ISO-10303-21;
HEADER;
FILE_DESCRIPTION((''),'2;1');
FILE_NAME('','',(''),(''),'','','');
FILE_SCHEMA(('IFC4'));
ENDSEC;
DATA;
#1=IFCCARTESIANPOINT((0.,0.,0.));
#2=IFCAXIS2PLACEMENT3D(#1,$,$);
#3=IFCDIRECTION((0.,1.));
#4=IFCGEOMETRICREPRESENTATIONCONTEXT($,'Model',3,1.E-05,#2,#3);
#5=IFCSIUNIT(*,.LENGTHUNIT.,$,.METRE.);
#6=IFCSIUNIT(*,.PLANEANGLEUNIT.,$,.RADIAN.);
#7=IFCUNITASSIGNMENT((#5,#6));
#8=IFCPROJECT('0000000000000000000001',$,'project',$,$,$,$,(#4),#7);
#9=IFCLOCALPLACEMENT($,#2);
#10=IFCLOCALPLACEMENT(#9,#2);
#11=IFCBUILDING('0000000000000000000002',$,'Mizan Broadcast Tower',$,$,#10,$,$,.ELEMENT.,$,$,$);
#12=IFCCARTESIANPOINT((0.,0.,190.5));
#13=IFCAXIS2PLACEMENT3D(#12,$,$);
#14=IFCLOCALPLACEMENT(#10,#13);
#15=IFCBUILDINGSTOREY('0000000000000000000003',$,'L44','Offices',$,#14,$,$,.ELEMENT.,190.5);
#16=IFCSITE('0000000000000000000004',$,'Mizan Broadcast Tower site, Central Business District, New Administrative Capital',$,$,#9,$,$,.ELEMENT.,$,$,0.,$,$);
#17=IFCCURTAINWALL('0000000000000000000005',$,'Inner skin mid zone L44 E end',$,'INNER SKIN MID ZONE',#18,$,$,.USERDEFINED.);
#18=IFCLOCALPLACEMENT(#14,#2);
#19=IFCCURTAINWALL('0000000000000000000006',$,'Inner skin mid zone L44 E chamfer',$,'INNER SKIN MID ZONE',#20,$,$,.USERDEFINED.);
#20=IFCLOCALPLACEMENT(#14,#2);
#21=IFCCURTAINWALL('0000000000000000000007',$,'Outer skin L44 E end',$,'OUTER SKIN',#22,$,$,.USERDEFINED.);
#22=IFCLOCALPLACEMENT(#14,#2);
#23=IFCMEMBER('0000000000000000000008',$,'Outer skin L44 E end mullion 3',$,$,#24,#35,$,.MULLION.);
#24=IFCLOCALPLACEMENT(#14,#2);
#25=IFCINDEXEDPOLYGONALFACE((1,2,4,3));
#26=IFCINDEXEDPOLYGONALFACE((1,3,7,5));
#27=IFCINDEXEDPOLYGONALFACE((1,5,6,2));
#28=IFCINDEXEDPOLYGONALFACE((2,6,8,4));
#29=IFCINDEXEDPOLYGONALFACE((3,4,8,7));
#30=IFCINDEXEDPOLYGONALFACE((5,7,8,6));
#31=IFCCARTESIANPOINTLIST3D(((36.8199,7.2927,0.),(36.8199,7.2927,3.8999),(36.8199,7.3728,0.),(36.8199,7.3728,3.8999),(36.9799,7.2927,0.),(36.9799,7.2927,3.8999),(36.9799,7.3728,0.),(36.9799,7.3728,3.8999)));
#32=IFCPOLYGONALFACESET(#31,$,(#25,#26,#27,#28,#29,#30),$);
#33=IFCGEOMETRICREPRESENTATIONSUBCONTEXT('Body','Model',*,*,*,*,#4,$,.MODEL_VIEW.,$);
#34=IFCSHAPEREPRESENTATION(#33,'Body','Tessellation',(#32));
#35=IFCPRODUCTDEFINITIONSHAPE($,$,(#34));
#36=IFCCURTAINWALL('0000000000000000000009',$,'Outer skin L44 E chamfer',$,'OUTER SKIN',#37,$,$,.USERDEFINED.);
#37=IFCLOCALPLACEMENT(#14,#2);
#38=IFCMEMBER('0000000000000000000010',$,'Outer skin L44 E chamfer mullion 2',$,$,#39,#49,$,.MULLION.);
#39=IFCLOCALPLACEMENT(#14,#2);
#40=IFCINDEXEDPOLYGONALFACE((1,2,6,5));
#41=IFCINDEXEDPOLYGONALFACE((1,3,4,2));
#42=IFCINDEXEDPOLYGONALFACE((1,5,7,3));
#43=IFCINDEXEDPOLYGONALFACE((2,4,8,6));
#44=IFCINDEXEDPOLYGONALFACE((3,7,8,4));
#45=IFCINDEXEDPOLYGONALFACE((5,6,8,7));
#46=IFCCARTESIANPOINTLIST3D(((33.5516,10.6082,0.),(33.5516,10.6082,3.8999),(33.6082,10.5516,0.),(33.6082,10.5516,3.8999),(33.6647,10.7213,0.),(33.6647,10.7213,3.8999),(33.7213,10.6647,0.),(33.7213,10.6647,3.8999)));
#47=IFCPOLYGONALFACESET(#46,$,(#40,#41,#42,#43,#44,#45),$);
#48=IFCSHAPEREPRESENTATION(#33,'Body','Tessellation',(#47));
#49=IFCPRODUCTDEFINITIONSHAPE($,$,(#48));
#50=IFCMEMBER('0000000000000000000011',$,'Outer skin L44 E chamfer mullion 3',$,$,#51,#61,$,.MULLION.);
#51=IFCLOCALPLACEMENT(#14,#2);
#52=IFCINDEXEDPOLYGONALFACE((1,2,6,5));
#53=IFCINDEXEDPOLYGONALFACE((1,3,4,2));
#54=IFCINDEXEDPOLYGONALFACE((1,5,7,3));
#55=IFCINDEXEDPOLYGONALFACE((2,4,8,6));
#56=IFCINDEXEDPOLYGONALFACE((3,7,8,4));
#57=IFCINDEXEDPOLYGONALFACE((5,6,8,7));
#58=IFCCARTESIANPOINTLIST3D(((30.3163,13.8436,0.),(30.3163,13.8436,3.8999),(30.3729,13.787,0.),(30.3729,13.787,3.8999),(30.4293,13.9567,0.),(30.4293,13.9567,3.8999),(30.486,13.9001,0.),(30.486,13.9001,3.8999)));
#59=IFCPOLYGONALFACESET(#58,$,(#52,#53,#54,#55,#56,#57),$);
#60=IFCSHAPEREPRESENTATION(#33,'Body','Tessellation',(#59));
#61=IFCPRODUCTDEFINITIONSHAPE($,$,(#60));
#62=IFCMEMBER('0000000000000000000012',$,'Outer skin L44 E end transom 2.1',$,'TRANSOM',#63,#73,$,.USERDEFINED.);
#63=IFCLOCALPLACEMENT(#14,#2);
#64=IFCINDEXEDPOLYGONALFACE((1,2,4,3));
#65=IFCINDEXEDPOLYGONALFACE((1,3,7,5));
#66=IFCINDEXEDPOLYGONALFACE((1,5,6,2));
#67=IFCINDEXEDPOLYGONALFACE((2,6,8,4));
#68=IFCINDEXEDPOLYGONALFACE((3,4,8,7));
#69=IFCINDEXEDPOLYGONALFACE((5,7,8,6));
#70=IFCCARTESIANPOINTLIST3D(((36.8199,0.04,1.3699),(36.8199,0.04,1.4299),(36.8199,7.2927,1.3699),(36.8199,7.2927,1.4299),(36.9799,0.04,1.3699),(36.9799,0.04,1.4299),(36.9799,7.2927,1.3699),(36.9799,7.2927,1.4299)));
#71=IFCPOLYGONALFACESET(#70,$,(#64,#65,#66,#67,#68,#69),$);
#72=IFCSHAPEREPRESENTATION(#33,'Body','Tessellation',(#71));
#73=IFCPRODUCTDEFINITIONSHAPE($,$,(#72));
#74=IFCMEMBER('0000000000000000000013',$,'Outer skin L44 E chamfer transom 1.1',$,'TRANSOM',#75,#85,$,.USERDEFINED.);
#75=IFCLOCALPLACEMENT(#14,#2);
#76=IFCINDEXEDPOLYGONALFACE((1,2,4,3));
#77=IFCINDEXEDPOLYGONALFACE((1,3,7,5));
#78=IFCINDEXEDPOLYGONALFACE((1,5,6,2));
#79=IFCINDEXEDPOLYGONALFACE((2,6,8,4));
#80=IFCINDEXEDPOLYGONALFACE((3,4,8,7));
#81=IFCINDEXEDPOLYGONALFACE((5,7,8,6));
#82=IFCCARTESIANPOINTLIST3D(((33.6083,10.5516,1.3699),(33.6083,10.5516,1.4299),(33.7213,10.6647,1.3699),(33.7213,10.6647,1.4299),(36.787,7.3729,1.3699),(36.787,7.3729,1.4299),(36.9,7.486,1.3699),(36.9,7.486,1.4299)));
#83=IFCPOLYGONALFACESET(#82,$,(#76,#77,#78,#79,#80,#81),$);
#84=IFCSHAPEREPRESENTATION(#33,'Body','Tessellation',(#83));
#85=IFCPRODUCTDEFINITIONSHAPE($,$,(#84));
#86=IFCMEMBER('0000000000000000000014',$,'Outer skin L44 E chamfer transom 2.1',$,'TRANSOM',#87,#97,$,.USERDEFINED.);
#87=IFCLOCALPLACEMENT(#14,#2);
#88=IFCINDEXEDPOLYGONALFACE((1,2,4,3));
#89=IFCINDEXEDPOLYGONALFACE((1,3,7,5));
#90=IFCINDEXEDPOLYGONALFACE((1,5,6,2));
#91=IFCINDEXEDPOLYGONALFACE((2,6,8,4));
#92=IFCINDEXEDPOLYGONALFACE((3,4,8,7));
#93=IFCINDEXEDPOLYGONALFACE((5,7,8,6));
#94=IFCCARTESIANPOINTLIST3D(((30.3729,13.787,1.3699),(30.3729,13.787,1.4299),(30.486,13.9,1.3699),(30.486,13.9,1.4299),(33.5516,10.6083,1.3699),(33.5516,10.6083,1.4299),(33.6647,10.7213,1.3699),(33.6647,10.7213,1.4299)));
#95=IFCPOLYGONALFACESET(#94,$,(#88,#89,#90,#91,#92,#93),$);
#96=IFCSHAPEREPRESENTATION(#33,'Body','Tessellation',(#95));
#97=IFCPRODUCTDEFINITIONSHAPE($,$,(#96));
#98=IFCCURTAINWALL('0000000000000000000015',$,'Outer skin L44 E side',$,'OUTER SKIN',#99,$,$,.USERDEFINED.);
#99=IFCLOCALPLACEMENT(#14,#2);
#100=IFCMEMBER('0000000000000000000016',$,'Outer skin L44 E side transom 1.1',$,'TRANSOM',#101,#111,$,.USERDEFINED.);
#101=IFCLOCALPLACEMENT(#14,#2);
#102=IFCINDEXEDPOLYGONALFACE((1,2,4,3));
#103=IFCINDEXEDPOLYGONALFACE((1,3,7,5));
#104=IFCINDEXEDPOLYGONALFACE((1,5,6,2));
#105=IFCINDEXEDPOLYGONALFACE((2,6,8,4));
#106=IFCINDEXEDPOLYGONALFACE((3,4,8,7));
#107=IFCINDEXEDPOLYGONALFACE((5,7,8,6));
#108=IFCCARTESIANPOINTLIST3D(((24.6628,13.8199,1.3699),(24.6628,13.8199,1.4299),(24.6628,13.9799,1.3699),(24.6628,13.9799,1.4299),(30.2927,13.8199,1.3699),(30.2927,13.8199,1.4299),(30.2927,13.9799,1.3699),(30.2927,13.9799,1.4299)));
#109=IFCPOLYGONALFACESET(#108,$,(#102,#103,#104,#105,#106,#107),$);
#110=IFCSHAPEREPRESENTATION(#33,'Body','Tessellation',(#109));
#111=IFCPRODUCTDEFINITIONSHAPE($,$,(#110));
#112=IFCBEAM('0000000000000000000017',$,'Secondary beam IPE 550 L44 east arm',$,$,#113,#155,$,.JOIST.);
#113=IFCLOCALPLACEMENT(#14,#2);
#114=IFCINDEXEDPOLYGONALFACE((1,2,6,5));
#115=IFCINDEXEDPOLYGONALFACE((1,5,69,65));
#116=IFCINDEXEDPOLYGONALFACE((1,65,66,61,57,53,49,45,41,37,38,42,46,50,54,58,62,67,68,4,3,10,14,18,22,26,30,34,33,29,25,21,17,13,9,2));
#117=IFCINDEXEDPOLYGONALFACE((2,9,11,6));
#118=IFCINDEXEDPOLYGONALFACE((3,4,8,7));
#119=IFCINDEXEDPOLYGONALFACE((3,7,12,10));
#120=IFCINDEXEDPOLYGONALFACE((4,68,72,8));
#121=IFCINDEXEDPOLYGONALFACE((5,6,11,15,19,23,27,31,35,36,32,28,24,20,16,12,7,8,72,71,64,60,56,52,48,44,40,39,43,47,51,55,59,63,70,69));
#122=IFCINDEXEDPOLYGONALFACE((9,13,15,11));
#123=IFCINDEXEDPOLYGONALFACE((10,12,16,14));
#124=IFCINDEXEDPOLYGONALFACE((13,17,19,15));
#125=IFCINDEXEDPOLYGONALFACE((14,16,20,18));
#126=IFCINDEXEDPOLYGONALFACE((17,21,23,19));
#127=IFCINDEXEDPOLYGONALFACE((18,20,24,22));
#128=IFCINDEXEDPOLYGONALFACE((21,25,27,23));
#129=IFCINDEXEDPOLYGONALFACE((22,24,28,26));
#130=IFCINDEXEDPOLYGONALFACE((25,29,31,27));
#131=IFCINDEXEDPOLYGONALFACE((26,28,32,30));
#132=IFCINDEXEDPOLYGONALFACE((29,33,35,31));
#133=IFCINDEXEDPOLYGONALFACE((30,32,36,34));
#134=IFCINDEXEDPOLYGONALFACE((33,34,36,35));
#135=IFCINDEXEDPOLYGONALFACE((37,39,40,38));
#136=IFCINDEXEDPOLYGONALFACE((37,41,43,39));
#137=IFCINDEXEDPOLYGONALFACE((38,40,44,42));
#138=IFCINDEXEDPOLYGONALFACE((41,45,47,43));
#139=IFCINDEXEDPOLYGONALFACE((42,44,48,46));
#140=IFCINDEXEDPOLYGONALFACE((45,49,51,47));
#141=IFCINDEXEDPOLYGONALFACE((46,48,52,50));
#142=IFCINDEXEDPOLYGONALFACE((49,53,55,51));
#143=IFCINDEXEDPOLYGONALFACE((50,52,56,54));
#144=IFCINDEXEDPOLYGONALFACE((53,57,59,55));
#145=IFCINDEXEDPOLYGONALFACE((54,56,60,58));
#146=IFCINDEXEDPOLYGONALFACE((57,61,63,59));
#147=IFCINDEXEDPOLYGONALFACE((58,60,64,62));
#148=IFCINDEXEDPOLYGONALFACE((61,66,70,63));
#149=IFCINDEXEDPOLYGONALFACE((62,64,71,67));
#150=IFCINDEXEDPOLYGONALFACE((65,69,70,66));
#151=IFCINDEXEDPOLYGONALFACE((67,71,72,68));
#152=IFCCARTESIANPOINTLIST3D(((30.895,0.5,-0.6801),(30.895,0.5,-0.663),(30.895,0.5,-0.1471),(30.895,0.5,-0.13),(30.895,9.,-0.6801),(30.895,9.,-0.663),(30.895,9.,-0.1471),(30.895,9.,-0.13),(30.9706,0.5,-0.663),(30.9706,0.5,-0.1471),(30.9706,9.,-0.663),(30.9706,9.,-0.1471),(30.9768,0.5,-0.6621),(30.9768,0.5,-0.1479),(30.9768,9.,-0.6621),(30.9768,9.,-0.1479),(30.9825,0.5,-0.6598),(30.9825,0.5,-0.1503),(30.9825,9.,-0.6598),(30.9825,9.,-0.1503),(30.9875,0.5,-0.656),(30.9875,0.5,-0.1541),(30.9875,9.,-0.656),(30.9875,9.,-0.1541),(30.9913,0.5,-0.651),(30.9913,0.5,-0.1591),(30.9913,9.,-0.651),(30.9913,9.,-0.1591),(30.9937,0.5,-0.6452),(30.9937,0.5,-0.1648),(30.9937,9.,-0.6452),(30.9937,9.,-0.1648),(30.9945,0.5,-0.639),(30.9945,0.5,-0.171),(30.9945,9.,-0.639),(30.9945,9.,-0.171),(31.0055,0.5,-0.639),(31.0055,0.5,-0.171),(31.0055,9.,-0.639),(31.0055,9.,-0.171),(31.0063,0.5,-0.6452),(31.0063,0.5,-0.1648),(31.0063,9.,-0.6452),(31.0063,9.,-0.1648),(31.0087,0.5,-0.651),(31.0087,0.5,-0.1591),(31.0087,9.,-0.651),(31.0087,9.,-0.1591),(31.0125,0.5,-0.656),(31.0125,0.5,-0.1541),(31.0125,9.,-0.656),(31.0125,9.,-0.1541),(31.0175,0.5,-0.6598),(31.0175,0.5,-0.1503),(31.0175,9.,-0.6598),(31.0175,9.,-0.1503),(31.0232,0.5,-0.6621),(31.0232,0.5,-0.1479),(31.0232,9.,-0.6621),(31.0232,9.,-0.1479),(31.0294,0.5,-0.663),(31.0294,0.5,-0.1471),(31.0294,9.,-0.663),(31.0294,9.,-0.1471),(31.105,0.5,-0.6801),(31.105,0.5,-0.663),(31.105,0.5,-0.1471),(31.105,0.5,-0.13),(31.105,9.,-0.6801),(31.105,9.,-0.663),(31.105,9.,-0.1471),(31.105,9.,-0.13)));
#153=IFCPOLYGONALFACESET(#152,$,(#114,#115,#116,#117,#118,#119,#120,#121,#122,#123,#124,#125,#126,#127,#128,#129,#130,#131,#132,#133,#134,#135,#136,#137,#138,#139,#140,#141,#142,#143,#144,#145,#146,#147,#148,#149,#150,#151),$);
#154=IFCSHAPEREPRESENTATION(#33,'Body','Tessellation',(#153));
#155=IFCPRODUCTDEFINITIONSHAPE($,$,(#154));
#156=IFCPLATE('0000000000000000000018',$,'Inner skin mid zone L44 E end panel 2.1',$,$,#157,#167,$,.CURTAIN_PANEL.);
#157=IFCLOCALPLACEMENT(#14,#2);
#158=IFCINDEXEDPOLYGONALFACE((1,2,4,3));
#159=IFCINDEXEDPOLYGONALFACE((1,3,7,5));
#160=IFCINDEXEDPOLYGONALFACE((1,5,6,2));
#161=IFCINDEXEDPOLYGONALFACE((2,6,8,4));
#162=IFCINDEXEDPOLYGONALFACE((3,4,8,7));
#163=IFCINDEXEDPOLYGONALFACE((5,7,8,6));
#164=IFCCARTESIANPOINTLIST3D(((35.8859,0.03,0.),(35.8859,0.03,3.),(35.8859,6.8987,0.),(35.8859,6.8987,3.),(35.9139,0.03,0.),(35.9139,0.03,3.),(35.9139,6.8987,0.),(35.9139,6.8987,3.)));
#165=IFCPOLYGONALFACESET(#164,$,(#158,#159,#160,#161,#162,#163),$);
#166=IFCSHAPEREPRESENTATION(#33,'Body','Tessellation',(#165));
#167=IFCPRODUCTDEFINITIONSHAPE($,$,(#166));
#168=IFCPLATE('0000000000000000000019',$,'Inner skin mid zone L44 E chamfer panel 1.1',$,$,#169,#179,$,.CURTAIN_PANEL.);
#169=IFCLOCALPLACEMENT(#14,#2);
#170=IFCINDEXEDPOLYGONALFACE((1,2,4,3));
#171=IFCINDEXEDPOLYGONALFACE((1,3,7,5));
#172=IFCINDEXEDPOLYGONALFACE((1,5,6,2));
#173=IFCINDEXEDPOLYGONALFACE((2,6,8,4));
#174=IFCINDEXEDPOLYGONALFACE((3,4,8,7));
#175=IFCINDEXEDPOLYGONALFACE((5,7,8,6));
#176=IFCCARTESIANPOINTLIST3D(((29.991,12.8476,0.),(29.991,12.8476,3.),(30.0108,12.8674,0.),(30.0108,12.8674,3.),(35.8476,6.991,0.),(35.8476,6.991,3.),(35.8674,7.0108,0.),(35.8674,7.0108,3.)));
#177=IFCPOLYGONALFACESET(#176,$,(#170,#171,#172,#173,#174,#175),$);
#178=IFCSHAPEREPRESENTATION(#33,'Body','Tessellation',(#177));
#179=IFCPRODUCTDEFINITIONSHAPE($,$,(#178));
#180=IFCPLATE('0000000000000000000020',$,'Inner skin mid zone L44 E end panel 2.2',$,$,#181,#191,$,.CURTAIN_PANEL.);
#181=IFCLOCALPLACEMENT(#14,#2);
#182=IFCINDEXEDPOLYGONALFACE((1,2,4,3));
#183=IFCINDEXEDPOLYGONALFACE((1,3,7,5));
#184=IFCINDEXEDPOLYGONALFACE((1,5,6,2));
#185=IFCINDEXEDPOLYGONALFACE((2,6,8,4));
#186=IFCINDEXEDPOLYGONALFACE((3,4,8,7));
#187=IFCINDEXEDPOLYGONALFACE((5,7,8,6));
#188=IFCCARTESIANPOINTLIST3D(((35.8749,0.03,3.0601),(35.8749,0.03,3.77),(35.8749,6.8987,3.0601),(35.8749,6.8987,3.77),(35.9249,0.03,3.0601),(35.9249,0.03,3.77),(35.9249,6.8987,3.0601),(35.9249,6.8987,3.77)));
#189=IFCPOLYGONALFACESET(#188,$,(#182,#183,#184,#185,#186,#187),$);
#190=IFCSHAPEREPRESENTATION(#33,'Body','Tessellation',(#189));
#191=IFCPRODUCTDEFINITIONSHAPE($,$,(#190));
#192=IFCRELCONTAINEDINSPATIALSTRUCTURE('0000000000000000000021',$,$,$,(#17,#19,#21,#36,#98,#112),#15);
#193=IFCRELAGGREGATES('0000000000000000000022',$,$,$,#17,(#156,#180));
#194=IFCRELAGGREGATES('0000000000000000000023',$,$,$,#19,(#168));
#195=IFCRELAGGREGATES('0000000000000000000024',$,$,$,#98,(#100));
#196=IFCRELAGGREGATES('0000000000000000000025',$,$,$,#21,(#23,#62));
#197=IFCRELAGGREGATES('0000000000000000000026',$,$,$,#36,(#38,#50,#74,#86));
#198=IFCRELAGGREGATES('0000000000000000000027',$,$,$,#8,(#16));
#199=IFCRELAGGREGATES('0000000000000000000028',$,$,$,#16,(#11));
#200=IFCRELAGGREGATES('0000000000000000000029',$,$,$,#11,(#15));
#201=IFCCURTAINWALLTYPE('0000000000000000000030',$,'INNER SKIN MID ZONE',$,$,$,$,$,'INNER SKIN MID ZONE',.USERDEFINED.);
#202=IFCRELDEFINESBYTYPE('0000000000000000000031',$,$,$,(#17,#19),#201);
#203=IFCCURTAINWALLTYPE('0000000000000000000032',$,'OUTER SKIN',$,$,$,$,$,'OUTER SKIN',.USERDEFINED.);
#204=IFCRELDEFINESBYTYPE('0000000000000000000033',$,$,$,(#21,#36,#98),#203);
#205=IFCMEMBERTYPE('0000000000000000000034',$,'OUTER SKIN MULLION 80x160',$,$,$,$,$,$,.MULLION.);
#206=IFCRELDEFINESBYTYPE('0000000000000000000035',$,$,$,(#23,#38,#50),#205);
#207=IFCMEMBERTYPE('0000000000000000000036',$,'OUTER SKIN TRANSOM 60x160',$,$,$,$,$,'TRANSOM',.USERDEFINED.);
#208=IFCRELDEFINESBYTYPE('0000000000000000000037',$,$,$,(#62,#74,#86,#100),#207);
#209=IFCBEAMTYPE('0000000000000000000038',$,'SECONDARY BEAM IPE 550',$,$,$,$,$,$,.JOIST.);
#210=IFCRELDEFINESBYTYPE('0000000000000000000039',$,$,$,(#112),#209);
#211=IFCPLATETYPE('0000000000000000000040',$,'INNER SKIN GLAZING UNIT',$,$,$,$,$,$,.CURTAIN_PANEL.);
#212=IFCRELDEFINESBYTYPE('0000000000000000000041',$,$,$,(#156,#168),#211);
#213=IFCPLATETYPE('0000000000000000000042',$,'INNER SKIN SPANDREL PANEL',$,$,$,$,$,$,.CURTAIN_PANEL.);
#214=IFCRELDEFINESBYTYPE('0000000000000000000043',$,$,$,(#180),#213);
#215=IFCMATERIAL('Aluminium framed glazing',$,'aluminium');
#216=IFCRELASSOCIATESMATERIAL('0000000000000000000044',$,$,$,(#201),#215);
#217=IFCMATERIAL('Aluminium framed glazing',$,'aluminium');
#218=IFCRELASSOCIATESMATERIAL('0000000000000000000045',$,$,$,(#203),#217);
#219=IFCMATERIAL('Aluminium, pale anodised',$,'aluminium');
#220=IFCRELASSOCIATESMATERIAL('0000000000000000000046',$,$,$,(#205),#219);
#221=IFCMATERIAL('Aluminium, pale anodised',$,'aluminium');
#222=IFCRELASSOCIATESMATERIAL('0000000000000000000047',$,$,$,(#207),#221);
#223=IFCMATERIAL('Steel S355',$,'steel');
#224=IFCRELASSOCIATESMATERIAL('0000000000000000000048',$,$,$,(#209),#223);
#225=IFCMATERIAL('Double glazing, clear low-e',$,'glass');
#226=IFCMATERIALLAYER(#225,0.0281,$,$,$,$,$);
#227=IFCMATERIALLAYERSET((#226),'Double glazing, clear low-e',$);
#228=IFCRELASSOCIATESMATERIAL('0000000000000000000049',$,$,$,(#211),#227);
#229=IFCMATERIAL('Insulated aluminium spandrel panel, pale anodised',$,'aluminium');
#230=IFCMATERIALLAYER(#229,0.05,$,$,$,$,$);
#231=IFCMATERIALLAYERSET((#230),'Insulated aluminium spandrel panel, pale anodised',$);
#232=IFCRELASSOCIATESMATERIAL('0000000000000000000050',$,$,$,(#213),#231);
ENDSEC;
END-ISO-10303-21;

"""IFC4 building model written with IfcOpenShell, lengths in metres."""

from ifc_helpers import new_model, si_unit, direction, frame, origin, origin_2d, place, context, subcontext, project, spatial, rectangle, i_section, extrude, material, layer, layer_set, material_profile, profile_set, type_object, element, aggregate, save


model = new_model("IFC4")

# Units and contexts
model_context = context("Model", 3, precision=1e-05, world=origin(), true_north=direction((0.0, 1.0)))
body_context = subcontext(model_context, "Body", "Model", "MODEL_VIEW")
ifc_project = project(units=[si_unit("LENGTHUNIT", "METRE"), si_unit("PLANEANGLEUNIT", "RADIAN")], contexts=[model_context])

# Site, building, storey
site_placement = place(None, origin())
site = spatial("IfcSite", under=ifc_project, at=site_placement, Name="Mizan Broadcast Tower site, Central Business District, New Administrative Capital", CompositionType="ELEMENT", RefElevation=0.0)
building_placement = place(site_placement, origin())
building = spatial("IfcBuilding", under=site, at=building_placement, Name="Mizan Broadcast Tower", CompositionType="ELEMENT")
storey_placement = place(building_placement, frame((0.0, 0.0, 190.5)))
storey = spatial("IfcBuildingStorey", under=building, at=storey_placement, Name="L44", Description="Offices", CompositionType="ELEMENT", Elevation=190.5)

# Curtain wall
ifc_material_1 = material(Name="Aluminium framed glazing", Category="aluminium")
curtain_wall_type_1 = type_object("IfcCurtainWallType", Name="INNER SKIN MID ZONE", ElementType="INNER SKIN MID ZONE", PredefinedType="USERDEFINED", material=ifc_material_1)
curtain_wall_1_placement = place(storey_placement, origin())
curtain_wall_1 = element("IfcCurtainWall", 1, at=curtain_wall_1_placement, inside=storey, type_object=curtain_wall_type_1, Name="Inner skin mid zone L44 E end", ObjectType="INNER SKIN MID ZONE", PredefinedType="USERDEFINED")

# Curtain wall
curtain_wall_2_placement = place(storey_placement, origin())
curtain_wall_2 = element("IfcCurtainWall", 2, at=curtain_wall_2_placement, inside=storey, type_object=curtain_wall_type_1, Name="Inner skin mid zone L44 E chamfer", ObjectType="INNER SKIN MID ZONE", PredefinedType="USERDEFINED")

# Curtain walls, members
ifc_material_2 = material(Name="Aluminium framed glazing", Category="aluminium")
curtain_wall_type_2 = type_object("IfcCurtainWallType", Name="OUTER SKIN", ElementType="OUTER SKIN", PredefinedType="USERDEFINED", material=ifc_material_2)
curtain_wall_3_placement = place(storey_placement, origin())
curtain_wall_3 = element("IfcCurtainWall", 3, at=curtain_wall_3_placement, inside=storey, type_object=curtain_wall_type_2, Name="Outer skin L44 E end", ObjectType="OUTER SKIN", PredefinedType="USERDEFINED")
ifc_material_3 = material(Name="Aluminium, pale anodised", Category="aluminium")
ifc_material_profile_1 = material_profile(ifc_material_3, rectangle(XDim=0.1599, YDim=0.0801, at=origin_2d()), Name="MULLION 160x80")
ifc_profile_set_1 = profile_set([ifc_material_profile_1], Name="Aluminium, pale anodised")
member_type_1 = type_object("IfcMemberType", Name="OUTER SKIN MULLION 80x160", PredefinedType="MULLION", material=ifc_profile_set_1)
member_1_placement = place(storey_placement, frame((36.8999, 7.3328, 0.0), z_axis=(0.0, 0.0, 1.0), x_axis=(-1.0, 0.0, 0.0)))
member_1 = element("IfcMember", 4, at=member_1_placement, type_object=member_type_1, Name="Outer skin L44 E end mullion 3", PredefinedType="MULLION", context=body_context, shape_type="SweptSolid", body=[
    extrude(rectangle(XDim=0.1599, YDim=0.0801, at=origin_2d()), origin(), (0.0, 0.0, 1.0), 3.8999),
])
curtain_wall_4_placement = place(storey_placement, origin())
curtain_wall_4 = element("IfcCurtainWall", 5, at=curtain_wall_4_placement, inside=storey, type_object=curtain_wall_type_2, Name="Outer skin L44 E chamfer", ObjectType="OUTER SKIN", PredefinedType="USERDEFINED")
member_2_placement = place(storey_placement, frame((33.6365, 10.6365, 0.0), z_axis=(0.0, 0.0, 1.0), x_axis=(-0.707107, -0.707107, 0.0)))
member_2 = element("IfcMember", 6, at=member_2_placement, type_object=member_type_1, Name="Outer skin L44 E chamfer mullion 2", PredefinedType="MULLION", context=body_context, shape_type="SweptSolid", body=[
    extrude(rectangle(XDim=0.1599, YDim=0.0801, at=origin_2d()), origin(), (0.0, 0.0, 1.0), 3.8999),
])
member_3_placement = place(storey_placement, frame((30.4011, 13.8718, 0.0), z_axis=(0.0, 0.0, 1.0), x_axis=(-0.707107, -0.707107, 0.0)))
member_3 = element("IfcMember", 7, at=member_3_placement, type_object=member_type_1, Name="Outer skin L44 E chamfer mullion 3", PredefinedType="MULLION", context=body_context, shape_type="SweptSolid", body=[
    extrude(rectangle(XDim=0.1599, YDim=0.0801, at=origin_2d()), origin(), (0.0, 0.0, 1.0), 3.8999),
])

# Members
ifc_material_4 = material(Name="Aluminium, pale anodised", Category="aluminium")
ifc_material_profile_2 = material_profile(ifc_material_4, rectangle(XDim=0.1599, YDim=0.0601, at=origin_2d()), Name="TRANSOM 160x60")
ifc_profile_set_2 = profile_set([ifc_material_profile_2], Name="Aluminium, pale anodised")
member_type_2 = type_object("IfcMemberType", Name="OUTER SKIN TRANSOM 60x160", ElementType="TRANSOM", PredefinedType="USERDEFINED", material=ifc_profile_set_2)
member_4_placement = place(storey_placement, frame((36.8999, 0.04, 1.3999), z_axis=(0.0, 1.0, 0.0), x_axis=(-1.0, 0.0, 0.0)))
member_4 = element("IfcMember", 8, at=member_4_placement, type_object=member_type_2, Name="Outer skin L44 E end transom 2.1", ObjectType="TRANSOM", PredefinedType="USERDEFINED", context=body_context, shape_type="SweptSolid", body=[
    extrude(rectangle(XDim=0.1599, YDim=0.0601, at=origin_2d()), origin(), (0.0, 0.0, 1.0), 7.2527),
])
member_5_placement = place(storey_placement, frame((36.8435, 7.4294, 1.3999), z_axis=(-0.707107, 0.707107, 0.0), x_axis=(-0.707107, -0.707107, 0.0)))
member_5 = element("IfcMember", 9, at=member_5_placement, type_object=member_type_2, Name="Outer skin L44 E chamfer transom 1.1", ObjectType="TRANSOM", PredefinedType="USERDEFINED", context=body_context, shape_type="SweptSolid", body=[
    extrude(rectangle(XDim=0.1599, YDim=0.0601, at=origin_2d()), origin(), (0.0, 0.0, 1.0), 4.4954),
])
member_6_placement = place(storey_placement, frame((33.6082, 10.6648, 1.3999), z_axis=(-0.707107, 0.707107, 0.0), x_axis=(-0.707107, -0.707107, 0.0)))
member_6 = element("IfcMember", 10, at=member_6_placement, type_object=member_type_2, Name="Outer skin L44 E chamfer transom 2.1", ObjectType="TRANSOM", PredefinedType="USERDEFINED", context=body_context, shape_type="SweptSolid", body=[
    extrude(rectangle(XDim=0.1599, YDim=0.0601, at=origin_2d()), origin(), (0.0, 0.0, 1.0), 4.4954),
])

# Curtain wall, member
curtain_wall_5_placement = place(storey_placement, origin())
curtain_wall_5 = element("IfcCurtainWall", 11, at=curtain_wall_5_placement, inside=storey, type_object=curtain_wall_type_2, Name="Outer skin L44 E side", ObjectType="OUTER SKIN", PredefinedType="USERDEFINED")
member_7_placement = place(storey_placement, frame((30.2927, 13.8999, 1.3999), z_axis=(-1.0, 0.0, 0.0), x_axis=(0.0, -1.0, 0.0)))
member_7 = element("IfcMember", 12, at=member_7_placement, type_object=member_type_2, Name="Outer skin L44 E side transom 1.1", ObjectType="TRANSOM", PredefinedType="USERDEFINED", context=body_context, shape_type="SweptSolid", body=[
    extrude(rectangle(XDim=0.1599, YDim=0.0601, at=origin_2d()), origin(), (0.0, 0.0, 1.0), 5.6299),
])

# Beam
ifc_material_5 = material(Name="Steel S355", Category="steel")
ifc_material_profile_3 = material_profile(ifc_material_5, i_section(OverallWidth=0.21, OverallDepth=0.55, WebThickness=0.011, FlangeThickness=0.0171, FilletRadius=0.0239, at=origin_2d()), Name="IPE 550")
ifc_profile_set_3 = profile_set([ifc_material_profile_3], Name="Steel S355")
beam_type_1 = type_object("IfcBeamType", Name="SECONDARY BEAM IPE 550", PredefinedType="JOIST", material=ifc_profile_set_3)
beam_1_placement = place(storey_placement, frame((31.0, 9.0, -0.405), z_axis=(0.0, -1.0, 0.0), x_axis=(1.0, 0.0, 0.0)))
element("IfcBeam", 13, at=beam_1_placement, inside=storey, type_object=beam_type_1, Name="Secondary beam IPE 550 L44 east arm", PredefinedType="JOIST", context=body_context, shape_type="SweptSolid", body=[
    extrude(i_section(OverallWidth=0.21, OverallDepth=0.55, WebThickness=0.011, FlangeThickness=0.0171, FilletRadius=0.0239, at=origin_2d()), origin(), (0.0, 0.0, 1.0), 8.5),
])

# Plates
ifc_material_6 = material(Name="Double glazing, clear low-e", Category="glass")
ifc_layer_1 = layer(ifc_material_6, 0.0281)
ifc_layer_set_1 = layer_set([ifc_layer_1], Name="Double glazing, clear low-e")
plate_type_1 = type_object("IfcPlateType", Name="INNER SKIN GLAZING UNIT", PredefinedType="CURTAIN_PANEL", material=ifc_layer_set_1)
plate_1_placement = place(storey_placement, frame((35.8999, 3.4644, 0.0), z_axis=(0.0, 0.0, 1.0), x_axis=(0.0, 1.0, 0.0)))
plate_1 = element("IfcPlate", 14, at=plate_1_placement, type_object=plate_type_1, Name="Inner skin mid zone L44 E end panel 2.1", PredefinedType="CURTAIN_PANEL", context=body_context, shape_type="SweptSolid", body=[
    extrude(rectangle(XDim=6.8687, YDim=0.0281, at=origin_2d()), origin(), (0.0, 0.0, 1.0), 3.0),
])
plate_2_placement = place(storey_placement, frame((32.9292, 9.9292, 0.0), z_axis=(0.0, 0.0, 1.0), x_axis=(-0.707107, 0.707107, 0.0)))
plate_2 = element("IfcPlate", 15, at=plate_2_placement, type_object=plate_type_1, Name="Inner skin mid zone L44 E chamfer panel 1.1", PredefinedType="CURTAIN_PANEL", context=body_context, shape_type="SweptSolid", body=[
    extrude(rectangle(XDim=8.2825, YDim=0.0281, at=origin_2d()), origin(), (0.0, 0.0, 1.0), 3.0),
])
ifc_material_7 = material(Name="Insulated aluminium spandrel panel, pale anodised", Category="aluminium")
ifc_layer_2 = layer(ifc_material_7, 0.05)
ifc_layer_set_2 = layer_set([ifc_layer_2], Name="Insulated aluminium spandrel panel, pale anodised")
plate_type_2 = type_object("IfcPlateType", Name="INNER SKIN SPANDREL PANEL", PredefinedType="CURTAIN_PANEL", material=ifc_layer_set_2)
plate_3_placement = place(storey_placement, frame((35.8999, 3.4644, 3.0601), z_axis=(0.0, 0.0, 1.0), x_axis=(0.0, 1.0, 0.0)))
plate_3 = element("IfcPlate", 16, at=plate_3_placement, type_object=plate_type_2, Name="Inner skin mid zone L44 E end panel 2.2", PredefinedType="CURTAIN_PANEL", context=body_context, shape_type="SweptSolid", body=[
    extrude(rectangle(XDim=6.8687, YDim=0.05, at=origin_2d()), origin(), (0.0, 0.0, 1.0), 0.71),
])
aggregate(curtain_wall_1, [plate_1, plate_3])
aggregate(curtain_wall_2, [plate_2])
aggregate(curtain_wall_5, [member_7])
aggregate(curtain_wall_3, [member_1, member_4])
aggregate(curtain_wall_4, [member_2, member_3, member_5, member_6])

save(model, "model.ifc")
